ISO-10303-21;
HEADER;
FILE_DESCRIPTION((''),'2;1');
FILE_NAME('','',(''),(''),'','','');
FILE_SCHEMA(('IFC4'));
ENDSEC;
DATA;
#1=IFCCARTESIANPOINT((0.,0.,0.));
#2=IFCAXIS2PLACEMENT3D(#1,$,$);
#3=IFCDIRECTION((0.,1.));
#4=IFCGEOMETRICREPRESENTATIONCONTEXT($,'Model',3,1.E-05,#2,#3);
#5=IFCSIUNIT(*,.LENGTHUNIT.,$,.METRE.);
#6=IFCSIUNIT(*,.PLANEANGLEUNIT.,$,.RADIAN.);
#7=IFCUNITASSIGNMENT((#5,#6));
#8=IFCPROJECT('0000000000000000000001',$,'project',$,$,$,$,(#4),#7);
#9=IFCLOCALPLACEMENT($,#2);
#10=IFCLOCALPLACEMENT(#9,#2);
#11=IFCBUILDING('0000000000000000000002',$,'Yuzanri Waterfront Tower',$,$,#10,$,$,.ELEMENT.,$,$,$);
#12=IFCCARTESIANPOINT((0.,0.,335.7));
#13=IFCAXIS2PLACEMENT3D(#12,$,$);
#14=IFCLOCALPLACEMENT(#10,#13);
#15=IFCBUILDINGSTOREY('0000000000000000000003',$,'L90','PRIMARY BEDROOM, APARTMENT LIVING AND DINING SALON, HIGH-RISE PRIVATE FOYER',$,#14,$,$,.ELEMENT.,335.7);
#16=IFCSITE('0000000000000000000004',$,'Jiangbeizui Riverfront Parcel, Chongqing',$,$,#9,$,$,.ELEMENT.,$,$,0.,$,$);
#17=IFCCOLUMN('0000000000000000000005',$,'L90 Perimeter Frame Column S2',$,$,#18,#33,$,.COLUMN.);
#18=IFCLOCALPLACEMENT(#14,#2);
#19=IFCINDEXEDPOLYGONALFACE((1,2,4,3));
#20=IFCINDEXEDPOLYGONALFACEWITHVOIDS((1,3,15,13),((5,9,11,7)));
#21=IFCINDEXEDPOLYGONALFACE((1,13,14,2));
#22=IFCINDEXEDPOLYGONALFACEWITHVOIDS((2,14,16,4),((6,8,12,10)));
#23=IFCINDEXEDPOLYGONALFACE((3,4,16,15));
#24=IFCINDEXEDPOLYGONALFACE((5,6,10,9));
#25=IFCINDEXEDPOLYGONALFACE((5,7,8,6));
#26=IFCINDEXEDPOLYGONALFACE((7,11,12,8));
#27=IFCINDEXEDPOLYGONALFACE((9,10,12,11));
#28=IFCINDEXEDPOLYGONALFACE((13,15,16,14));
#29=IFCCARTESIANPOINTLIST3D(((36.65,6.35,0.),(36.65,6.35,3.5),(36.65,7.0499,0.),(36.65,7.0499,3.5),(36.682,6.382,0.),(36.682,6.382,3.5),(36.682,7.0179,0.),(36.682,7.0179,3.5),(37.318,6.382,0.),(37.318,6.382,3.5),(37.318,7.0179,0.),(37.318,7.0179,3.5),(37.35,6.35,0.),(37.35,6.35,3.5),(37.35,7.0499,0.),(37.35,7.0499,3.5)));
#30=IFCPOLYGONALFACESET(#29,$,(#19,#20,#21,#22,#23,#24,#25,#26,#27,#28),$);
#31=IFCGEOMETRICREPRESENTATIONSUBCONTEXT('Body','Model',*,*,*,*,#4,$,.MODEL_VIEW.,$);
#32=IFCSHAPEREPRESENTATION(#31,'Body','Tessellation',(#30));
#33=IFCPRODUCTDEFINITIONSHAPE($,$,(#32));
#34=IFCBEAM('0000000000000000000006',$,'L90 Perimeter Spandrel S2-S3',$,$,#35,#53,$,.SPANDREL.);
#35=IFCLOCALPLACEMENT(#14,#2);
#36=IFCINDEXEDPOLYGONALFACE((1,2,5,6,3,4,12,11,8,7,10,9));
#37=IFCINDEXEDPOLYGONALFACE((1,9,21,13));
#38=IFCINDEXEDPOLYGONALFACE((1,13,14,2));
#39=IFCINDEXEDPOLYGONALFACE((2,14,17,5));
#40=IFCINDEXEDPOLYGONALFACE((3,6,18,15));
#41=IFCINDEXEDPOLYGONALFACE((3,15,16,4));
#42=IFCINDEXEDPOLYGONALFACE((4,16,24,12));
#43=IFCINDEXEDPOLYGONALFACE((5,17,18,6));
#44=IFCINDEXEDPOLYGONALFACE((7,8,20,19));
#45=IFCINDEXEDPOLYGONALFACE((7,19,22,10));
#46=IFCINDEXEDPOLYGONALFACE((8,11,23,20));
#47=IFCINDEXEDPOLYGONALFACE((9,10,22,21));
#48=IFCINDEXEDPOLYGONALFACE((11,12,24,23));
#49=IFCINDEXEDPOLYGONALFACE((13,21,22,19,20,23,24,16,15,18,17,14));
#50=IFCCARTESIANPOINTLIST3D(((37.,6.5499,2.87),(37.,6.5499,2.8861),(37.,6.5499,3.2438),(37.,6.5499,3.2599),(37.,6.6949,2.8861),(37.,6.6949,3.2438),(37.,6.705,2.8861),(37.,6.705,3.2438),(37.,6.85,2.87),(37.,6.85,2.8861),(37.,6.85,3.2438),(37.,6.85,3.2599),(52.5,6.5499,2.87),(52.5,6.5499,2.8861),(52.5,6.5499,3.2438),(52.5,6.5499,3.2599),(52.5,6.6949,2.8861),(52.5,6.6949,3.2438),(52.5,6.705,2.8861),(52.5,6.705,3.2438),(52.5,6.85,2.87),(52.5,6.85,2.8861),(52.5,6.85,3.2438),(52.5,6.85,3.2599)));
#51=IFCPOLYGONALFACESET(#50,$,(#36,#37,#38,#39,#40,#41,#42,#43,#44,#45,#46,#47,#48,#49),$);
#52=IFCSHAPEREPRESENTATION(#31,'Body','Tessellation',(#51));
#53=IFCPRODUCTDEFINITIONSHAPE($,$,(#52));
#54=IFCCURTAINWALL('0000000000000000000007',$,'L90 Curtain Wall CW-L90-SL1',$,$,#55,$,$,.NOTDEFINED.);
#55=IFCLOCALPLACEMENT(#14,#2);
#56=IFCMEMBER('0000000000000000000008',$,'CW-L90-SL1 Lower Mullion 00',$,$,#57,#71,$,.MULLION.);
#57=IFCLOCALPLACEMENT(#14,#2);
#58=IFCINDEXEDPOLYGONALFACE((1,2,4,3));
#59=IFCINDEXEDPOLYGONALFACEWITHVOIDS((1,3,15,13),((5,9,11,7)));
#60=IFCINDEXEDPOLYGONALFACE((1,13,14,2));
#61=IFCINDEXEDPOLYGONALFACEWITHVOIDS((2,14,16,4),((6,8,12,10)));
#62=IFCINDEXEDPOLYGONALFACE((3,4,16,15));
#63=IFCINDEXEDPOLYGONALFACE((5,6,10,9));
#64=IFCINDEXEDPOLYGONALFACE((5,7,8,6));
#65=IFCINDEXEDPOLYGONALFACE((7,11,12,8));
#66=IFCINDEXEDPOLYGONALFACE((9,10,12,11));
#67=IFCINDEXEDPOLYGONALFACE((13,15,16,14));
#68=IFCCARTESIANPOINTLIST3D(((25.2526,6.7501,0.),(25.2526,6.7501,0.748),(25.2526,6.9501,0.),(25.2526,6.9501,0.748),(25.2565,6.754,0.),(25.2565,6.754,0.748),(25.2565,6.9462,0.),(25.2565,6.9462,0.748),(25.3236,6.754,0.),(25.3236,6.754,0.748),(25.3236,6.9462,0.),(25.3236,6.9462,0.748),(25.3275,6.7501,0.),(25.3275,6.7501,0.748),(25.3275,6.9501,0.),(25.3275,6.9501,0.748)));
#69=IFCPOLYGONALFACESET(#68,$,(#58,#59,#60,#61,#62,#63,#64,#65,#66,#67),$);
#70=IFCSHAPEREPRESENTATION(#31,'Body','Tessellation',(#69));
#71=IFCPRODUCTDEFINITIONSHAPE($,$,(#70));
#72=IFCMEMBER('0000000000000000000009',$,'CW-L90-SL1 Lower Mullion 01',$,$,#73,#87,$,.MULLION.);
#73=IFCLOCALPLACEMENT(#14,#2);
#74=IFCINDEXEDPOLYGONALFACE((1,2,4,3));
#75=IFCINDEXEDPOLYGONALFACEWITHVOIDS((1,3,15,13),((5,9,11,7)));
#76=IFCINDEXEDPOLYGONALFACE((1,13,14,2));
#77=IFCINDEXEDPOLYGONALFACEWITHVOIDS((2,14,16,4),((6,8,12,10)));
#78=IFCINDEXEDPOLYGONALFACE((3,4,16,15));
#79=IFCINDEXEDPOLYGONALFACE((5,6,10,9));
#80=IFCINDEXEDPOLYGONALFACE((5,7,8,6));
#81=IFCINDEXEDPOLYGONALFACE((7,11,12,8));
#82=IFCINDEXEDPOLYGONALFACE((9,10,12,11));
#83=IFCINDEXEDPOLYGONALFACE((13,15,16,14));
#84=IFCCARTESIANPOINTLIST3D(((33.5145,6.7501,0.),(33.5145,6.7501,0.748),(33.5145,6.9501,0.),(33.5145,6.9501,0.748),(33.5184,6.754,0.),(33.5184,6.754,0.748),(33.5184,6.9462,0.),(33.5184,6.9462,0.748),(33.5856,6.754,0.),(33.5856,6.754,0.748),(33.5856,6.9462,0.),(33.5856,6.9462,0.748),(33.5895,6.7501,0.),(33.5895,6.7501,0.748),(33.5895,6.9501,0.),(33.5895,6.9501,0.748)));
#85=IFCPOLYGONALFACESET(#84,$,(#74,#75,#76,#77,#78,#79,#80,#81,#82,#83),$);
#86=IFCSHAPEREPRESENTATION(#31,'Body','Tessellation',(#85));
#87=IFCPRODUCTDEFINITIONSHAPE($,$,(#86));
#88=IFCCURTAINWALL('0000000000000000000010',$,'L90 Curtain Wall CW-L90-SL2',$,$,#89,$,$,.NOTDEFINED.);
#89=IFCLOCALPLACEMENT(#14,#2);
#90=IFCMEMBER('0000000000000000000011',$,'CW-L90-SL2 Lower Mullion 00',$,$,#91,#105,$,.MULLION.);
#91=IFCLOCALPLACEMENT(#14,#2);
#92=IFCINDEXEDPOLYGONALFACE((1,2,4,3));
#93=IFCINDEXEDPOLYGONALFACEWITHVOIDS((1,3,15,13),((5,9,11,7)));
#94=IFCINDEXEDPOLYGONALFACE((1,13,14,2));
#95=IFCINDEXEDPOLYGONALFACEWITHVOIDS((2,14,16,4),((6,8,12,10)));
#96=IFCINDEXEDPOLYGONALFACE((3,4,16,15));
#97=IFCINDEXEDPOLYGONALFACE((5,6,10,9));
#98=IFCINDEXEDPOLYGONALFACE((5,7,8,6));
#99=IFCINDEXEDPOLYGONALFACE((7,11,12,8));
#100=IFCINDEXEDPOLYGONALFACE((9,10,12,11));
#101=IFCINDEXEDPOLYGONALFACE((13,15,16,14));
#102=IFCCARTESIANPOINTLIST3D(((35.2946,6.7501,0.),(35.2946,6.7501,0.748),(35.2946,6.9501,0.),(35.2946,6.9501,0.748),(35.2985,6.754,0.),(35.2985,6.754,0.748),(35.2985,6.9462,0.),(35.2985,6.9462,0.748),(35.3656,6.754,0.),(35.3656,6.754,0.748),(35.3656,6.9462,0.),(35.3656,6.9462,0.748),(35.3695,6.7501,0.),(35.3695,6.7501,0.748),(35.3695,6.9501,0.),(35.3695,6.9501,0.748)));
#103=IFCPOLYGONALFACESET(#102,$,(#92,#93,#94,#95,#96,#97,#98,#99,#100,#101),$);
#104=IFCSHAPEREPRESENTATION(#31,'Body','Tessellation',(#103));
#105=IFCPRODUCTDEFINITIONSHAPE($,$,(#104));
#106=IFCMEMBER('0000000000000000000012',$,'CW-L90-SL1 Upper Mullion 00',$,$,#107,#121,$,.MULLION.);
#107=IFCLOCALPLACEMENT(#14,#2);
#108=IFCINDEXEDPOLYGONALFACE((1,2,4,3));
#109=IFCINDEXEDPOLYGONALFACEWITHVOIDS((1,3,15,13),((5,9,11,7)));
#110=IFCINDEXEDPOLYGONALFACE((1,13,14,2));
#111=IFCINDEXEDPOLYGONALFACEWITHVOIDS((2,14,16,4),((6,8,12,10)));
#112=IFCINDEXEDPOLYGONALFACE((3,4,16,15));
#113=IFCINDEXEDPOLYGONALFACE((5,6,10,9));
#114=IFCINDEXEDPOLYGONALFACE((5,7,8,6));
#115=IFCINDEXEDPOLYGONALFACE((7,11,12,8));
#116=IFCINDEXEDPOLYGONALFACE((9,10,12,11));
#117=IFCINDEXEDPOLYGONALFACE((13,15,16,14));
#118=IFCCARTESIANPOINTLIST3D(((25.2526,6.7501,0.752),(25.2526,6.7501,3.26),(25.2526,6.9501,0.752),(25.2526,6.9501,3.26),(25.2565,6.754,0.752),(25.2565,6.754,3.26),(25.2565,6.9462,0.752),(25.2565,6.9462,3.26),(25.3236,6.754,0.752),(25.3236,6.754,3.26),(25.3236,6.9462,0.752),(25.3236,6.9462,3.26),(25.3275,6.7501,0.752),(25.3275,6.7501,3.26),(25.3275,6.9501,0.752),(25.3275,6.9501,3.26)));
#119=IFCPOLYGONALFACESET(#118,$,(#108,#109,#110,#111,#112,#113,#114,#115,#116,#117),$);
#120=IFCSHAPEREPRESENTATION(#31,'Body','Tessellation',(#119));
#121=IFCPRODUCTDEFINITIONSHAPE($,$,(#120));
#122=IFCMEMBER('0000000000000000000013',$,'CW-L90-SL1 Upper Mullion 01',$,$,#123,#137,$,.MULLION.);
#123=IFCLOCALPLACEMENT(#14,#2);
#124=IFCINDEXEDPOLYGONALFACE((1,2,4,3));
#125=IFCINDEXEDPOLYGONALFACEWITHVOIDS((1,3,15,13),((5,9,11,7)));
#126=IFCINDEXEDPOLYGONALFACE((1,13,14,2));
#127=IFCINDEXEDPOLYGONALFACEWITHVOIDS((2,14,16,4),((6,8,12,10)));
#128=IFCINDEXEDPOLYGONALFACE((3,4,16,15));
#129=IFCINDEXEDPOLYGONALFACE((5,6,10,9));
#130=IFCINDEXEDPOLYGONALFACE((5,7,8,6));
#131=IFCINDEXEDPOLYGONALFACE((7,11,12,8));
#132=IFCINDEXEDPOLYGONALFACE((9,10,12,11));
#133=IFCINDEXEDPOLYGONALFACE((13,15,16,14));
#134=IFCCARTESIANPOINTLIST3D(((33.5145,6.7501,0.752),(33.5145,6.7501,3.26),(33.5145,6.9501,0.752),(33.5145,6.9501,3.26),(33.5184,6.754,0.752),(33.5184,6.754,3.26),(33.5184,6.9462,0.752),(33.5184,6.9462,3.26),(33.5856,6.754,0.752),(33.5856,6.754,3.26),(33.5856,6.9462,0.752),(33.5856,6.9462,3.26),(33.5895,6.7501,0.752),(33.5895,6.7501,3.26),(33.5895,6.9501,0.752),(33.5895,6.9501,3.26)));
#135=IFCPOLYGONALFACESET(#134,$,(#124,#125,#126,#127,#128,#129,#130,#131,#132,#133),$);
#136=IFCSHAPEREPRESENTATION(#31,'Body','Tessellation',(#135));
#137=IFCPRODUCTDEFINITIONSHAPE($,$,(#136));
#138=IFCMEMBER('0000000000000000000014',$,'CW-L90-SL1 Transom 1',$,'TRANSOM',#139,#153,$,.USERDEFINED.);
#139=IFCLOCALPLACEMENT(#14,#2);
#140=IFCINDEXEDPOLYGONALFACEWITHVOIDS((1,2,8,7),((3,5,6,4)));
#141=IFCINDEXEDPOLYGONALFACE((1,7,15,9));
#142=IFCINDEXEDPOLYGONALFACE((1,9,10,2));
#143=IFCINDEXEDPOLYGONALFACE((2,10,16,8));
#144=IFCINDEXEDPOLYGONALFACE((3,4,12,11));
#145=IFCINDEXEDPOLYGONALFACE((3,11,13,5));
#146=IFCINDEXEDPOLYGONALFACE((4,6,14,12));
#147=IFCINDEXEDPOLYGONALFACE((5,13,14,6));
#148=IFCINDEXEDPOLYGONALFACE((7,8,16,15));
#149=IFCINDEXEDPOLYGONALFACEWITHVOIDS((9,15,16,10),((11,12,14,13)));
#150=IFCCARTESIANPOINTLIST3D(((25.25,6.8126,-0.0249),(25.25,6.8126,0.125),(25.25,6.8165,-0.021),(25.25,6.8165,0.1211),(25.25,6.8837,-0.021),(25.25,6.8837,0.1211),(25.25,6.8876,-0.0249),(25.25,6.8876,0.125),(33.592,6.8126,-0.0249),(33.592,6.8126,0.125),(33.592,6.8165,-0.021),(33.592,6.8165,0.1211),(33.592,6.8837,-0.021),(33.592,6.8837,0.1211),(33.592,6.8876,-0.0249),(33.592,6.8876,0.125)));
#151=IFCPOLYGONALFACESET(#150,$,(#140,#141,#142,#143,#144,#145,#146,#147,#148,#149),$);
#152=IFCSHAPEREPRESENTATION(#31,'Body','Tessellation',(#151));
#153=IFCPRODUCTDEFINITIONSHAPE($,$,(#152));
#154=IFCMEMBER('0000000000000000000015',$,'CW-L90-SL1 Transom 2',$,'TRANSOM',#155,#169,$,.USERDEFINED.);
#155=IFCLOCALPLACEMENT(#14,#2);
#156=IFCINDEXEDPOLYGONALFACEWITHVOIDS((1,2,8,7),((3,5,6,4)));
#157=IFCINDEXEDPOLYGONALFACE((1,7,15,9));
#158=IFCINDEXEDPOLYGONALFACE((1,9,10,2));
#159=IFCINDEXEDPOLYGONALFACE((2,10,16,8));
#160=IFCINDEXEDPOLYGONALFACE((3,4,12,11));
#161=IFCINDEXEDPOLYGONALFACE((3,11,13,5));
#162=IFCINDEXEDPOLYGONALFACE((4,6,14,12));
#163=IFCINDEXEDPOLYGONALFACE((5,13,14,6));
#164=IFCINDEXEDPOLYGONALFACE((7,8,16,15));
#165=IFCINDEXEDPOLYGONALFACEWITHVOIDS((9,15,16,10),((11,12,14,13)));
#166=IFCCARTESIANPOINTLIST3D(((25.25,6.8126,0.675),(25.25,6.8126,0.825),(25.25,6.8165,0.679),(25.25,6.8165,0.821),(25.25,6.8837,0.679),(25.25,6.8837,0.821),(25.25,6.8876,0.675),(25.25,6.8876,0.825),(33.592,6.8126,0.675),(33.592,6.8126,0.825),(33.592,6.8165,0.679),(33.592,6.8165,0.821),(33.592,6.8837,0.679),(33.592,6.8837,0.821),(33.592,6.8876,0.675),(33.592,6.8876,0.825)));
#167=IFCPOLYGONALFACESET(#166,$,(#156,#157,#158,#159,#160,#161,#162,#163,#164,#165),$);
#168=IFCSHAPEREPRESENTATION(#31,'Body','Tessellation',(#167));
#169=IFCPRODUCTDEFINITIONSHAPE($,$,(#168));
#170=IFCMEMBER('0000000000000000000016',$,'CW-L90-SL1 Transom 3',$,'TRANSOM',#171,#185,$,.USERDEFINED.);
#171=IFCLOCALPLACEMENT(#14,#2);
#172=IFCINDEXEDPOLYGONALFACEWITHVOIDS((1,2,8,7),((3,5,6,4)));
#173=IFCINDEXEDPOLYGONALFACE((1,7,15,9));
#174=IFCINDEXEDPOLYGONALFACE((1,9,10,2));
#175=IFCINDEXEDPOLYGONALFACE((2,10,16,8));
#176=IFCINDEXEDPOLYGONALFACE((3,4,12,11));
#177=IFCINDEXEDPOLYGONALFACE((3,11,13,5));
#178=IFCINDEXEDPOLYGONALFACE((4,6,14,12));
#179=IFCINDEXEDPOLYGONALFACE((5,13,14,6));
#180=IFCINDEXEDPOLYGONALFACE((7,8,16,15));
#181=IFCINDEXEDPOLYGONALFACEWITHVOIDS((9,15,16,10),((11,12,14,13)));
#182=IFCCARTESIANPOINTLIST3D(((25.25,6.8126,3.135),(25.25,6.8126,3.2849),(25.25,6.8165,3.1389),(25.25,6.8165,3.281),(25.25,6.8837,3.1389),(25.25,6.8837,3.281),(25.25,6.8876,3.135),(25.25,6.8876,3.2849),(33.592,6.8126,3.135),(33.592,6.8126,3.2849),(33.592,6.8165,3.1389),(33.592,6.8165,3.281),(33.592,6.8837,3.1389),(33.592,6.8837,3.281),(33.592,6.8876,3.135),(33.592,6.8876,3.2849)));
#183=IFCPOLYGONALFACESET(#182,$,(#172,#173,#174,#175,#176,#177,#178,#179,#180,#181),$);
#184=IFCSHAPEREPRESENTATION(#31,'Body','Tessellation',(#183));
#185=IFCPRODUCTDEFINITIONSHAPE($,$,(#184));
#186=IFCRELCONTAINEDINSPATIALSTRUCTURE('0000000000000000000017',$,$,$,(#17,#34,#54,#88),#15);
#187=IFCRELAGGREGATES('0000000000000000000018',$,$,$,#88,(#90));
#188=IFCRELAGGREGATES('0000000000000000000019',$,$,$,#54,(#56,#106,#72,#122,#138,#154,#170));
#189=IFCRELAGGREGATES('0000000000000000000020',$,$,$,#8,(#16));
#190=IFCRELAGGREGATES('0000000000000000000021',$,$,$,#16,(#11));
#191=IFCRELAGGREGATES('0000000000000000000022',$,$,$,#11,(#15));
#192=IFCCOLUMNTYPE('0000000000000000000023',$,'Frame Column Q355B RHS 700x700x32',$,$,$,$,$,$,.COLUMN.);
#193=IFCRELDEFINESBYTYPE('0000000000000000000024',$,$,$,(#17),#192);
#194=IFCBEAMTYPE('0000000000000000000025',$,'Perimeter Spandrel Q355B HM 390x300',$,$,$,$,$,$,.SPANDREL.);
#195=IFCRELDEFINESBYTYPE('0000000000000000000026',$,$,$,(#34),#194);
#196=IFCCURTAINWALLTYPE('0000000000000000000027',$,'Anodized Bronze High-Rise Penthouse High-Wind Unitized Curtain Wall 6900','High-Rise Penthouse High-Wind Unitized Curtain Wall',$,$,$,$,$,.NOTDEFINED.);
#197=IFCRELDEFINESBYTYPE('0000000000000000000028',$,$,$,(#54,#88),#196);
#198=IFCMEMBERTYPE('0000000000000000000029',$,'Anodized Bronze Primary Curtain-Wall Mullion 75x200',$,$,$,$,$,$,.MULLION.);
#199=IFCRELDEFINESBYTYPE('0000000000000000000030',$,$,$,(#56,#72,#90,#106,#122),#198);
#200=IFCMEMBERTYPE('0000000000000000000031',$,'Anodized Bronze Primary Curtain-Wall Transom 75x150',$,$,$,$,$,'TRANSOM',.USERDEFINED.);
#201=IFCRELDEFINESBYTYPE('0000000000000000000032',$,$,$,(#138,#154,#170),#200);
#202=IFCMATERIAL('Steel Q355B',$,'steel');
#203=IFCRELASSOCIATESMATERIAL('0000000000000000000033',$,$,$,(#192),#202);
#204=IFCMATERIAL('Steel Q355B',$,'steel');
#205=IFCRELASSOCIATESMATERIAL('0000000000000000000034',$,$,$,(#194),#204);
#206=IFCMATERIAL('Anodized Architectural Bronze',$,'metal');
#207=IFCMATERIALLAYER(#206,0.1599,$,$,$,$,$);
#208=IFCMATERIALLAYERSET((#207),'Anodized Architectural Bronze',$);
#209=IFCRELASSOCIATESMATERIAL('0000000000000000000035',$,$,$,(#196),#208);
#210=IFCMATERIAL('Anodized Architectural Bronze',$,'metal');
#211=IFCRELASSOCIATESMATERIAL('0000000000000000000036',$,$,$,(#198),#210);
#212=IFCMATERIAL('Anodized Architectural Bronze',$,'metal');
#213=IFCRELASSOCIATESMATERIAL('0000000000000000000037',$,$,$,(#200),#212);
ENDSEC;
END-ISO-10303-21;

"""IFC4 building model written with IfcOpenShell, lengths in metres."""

from ifc_helpers import new_model, si_unit, direction, frame, origin, origin_2d, place, context, subcontext, project, spatial, hollow_rectangle, i_section, extrude, source, transform, mapped, material, layer, layer_set, material_profile, profile_set, type_object, element, aggregate, save


model = new_model("IFC4")

# Units and contexts
model_context = context("Model", 3, precision=1e-05, world=origin(), true_north=direction((0.0, 1.0)))
body_context = subcontext(model_context, "Body", "Model", "MODEL_VIEW")
ifc_project = project(units=[si_unit("LENGTHUNIT", "METRE"), si_unit("PLANEANGLEUNIT", "RADIAN")], contexts=[model_context])

# Site, building, storey
site_placement = place(None, origin())
site = spatial("IfcSite", under=ifc_project, at=site_placement, Name="Jiangbeizui Riverfront Parcel, Chongqing", CompositionType="ELEMENT", RefElevation=0.0)
building_placement = place(site_placement, origin())
building = spatial("IfcBuilding", under=site, at=building_placement, Name="Yuzanri Waterfront Tower", CompositionType="ELEMENT")
storey_placement = place(building_placement, frame((0.0, 0.0, 335.7)))
storey = spatial("IfcBuildingStorey", under=building, at=storey_placement, Name="L90", Description="PRIMARY BEDROOM, APARTMENT LIVING AND DINING SALON, HIGH-RISE PRIVATE FOYER", CompositionType="ELEMENT", Elevation=335.7)

# Column
ifc_material_1 = material(Name="Steel Q355B", Category="steel")
ifc_material_profile_1 = material_profile(ifc_material_1, hollow_rectangle(XDim=0.7, YDim=0.7, WallThickness=0.032, at=origin_2d()), Name="RHS 700x700x32")
ifc_profile_set_1 = profile_set([ifc_material_profile_1], Name="Steel Q355B")
column_type = type_object("IfcColumnType", Name="Frame Column Q355B RHS 700x700x32", PredefinedType="COLUMN", material=ifc_profile_set_1)
shared_shape_1 = source(origin(), body_context, "Body", "SweptSolid", [
    extrude(hollow_rectangle(XDim=0.7, YDim=0.7, WallThickness=0.032, at=origin_2d()), origin(), (0.0, 0.0, 1.0), 3.5),
])
column_placement = place(storey_placement, frame((37.0, 6.7, 0.0), z_axis=(0.0, 0.0, 1.0), x_axis=(1.0, 0.0, 0.0)))
element("IfcColumn", 1, at=column_placement, inside=storey, type_object=column_type, Name="L90 Perimeter Frame Column S2", PredefinedType="COLUMN", context=body_context, shape_type="MappedRepresentation", body=[
    mapped(shared_shape_1, transform((0.0, 0.0, 0.0), scale=1.0)),
])

# Beam
ifc_material_2 = material(Name="Steel Q355B", Category="steel")
ifc_material_profile_2 = material_profile(ifc_material_2, i_section(OverallWidth=0.3, OverallDepth=0.3899, WebThickness=0.01, FlangeThickness=0.0161, at=origin_2d()), Name="HM 390x300x10x16")
ifc_profile_set_2 = profile_set([ifc_material_profile_2], Name="Steel Q355B")
beam_type = type_object("IfcBeamType", Name="Perimeter Spandrel Q355B HM 390x300", PredefinedType="SPANDREL", material=ifc_profile_set_2)
shared_shape_2 = source(origin(), body_context, "Body", "SweptSolid", [
    extrude(i_section(OverallWidth=0.3, OverallDepth=0.3899, WebThickness=0.01, FlangeThickness=0.0161, at=origin_2d()), origin(), (0.0, 0.0, 1.0), 15.5),
])
beam_placement = place(storey_placement, frame((37.0, 6.7, 3.0649), z_axis=(1.0, 0.0, 0.0), x_axis=(0.0, 1.0, 0.0)))
element("IfcBeam", 2, at=beam_placement, inside=storey, type_object=beam_type, Name="L90 Perimeter Spandrel S2-S3", PredefinedType="SPANDREL", context=body_context, shape_type="MappedRepresentation", body=[
    mapped(shared_shape_2, transform((0.0, 0.0, 0.0), scale=1.0)),
])

# Curtain wall, members
ifc_material_3 = material(Name="Anodized Architectural Bronze", Category="metal")
ifc_layer_1 = layer(ifc_material_3, 0.1599)
ifc_layer_set_1 = layer_set([ifc_layer_1], Name="Anodized Architectural Bronze")
curtain_wall_type = type_object("IfcCurtainWallType", Name="Anodized Bronze High-Rise Penthouse High-Wind Unitized Curtain Wall 6900", Description="High-Rise Penthouse High-Wind Unitized Curtain Wall", PredefinedType="NOTDEFINED", material=ifc_layer_set_1)
curtain_wall_1_placement = place(storey_placement, origin())
curtain_wall_1 = element("IfcCurtainWall", 3, at=curtain_wall_1_placement, inside=storey, type_object=curtain_wall_type, Name="L90 Curtain Wall CW-L90-SL1", PredefinedType="NOTDEFINED")
ifc_material_4 = material(Name="Anodized Architectural Bronze", Category="metal")
ifc_material_profile_3 = material_profile(ifc_material_4, hollow_rectangle(XDim=0.075, YDim=0.2, WallThickness=0.0039, at=origin_2d()), Name="CWM 75x200")
ifc_profile_set_3 = profile_set([ifc_material_profile_3], Name="Anodized Architectural Bronze")
member_type_1 = type_object("IfcMemberType", Name="Anodized Bronze Primary Curtain-Wall Mullion 75x200", PredefinedType="MULLION", material=ifc_profile_set_3)
shared_shape_3 = source(origin(), body_context, "Body", "SweptSolid", [
    extrude(hollow_rectangle(XDim=0.075, YDim=0.2, WallThickness=0.0039, at=origin_2d()), origin(), (0.0, 0.0, 1.0), 0.748),
])
member_1_placement = place(storey_placement, frame((25.29, 6.8501, 0.0), z_axis=(0.0, 0.0, 1.0), x_axis=(1.0, 0.0, 0.0)))
member_1 = element("IfcMember", 4, at=member_1_placement, type_object=member_type_1, Name="CW-L90-SL1 Lower Mullion 00", PredefinedType="MULLION", context=body_context, shape_type="MappedRepresentation", body=[
    mapped(shared_shape_3, transform((0.0, 0.0, 0.0), scale=1.0)),
])
member_2_placement = place(storey_placement, frame((33.552, 6.8501, 0.0), z_axis=(0.0, 0.0, 1.0), x_axis=(1.0, 0.0, 0.0)))
member_2 = element("IfcMember", 5, at=member_2_placement, type_object=member_type_1, Name="CW-L90-SL1 Lower Mullion 01", PredefinedType="MULLION", context=body_context, shape_type="MappedRepresentation", body=[
    mapped(shared_shape_3, transform((0.0, 0.0, 0.0), scale=1.0)),
])

# Curtain wall, member
curtain_wall_2_placement = place(storey_placement, origin())
curtain_wall_2 = element("IfcCurtainWall", 6, at=curtain_wall_2_placement, inside=storey, type_object=curtain_wall_type, Name="L90 Curtain Wall CW-L90-SL2", PredefinedType="NOTDEFINED")
member_3_placement = place(storey_placement, frame((35.332, 6.8501, 0.0), z_axis=(0.0, 0.0, 1.0), x_axis=(1.0, 0.0, 0.0)))
member_3 = element("IfcMember", 7, at=member_3_placement, type_object=member_type_1, Name="CW-L90-SL2 Lower Mullion 00", PredefinedType="MULLION", context=body_context, shape_type="MappedRepresentation", body=[
    mapped(shared_shape_3, transform((0.0, 0.0, 0.0), scale=1.0)),
])

# Members
shared_shape_4 = source(origin(), body_context, "Body", "SweptSolid", [
    extrude(hollow_rectangle(XDim=0.075, YDim=0.2, WallThickness=0.0039, at=origin_2d()), origin(), (0.0, 0.0, 1.0), 2.5081),
])
member_4_placement = place(storey_placement, frame((25.29, 6.8501, 0.752), z_axis=(0.0, 0.0, 1.0), x_axis=(1.0, 0.0, 0.0)))
member_4 = element("IfcMember", 8, at=member_4_placement, type_object=member_type_1, Name="CW-L90-SL1 Upper Mullion 00", PredefinedType="MULLION", context=body_context, shape_type="MappedRepresentation", body=[
    mapped(shared_shape_4, transform((0.0, 0.0, 0.0), scale=1.0)),
])
member_5_placement = place(storey_placement, frame((33.552, 6.8501, 0.752), z_axis=(0.0, 0.0, 1.0), x_axis=(1.0, 0.0, 0.0)))
member_5 = element("IfcMember", 9, at=member_5_placement, type_object=member_type_1, Name="CW-L90-SL1 Upper Mullion 01", PredefinedType="MULLION", context=body_context, shape_type="MappedRepresentation", body=[
    mapped(shared_shape_4, transform((0.0, 0.0, 0.0), scale=1.0)),
])
ifc_material_5 = material(Name="Anodized Architectural Bronze", Category="metal")
ifc_material_profile_4 = material_profile(ifc_material_5, hollow_rectangle(XDim=0.075, YDim=0.1499, WallThickness=0.0039, at=origin_2d()), Name="CWT 75x150")
ifc_profile_set_4 = profile_set([ifc_material_profile_4], Name="Anodized Architectural Bronze")
member_type_2 = type_object("IfcMemberType", Name="Anodized Bronze Primary Curtain-Wall Transom 75x150", ElementType="TRANSOM", PredefinedType="USERDEFINED", material=ifc_profile_set_4)
shared_shape_5 = source(origin(), body_context, "Body", "SweptSolid", [
    extrude(hollow_rectangle(XDim=0.075, YDim=0.1499, WallThickness=0.0039, at=origin_2d()), origin(), (0.0, 0.0, 1.0), 8.342),
])
member_6_placement = place(storey_placement, frame((25.25, 6.8501, 0.05), z_axis=(1.0, 0.0, 0.0), x_axis=(0.0, 1.0, 0.0)))
member_6 = element("IfcMember", 10, at=member_6_placement, type_object=member_type_2, Name="CW-L90-SL1 Transom 1", ObjectType="TRANSOM", PredefinedType="USERDEFINED", context=body_context, shape_type="MappedRepresentation", body=[
    mapped(shared_shape_5, transform((0.0, 0.0, 0.0), scale=1.0)),
])
member_7_placement = place(storey_placement, frame((25.25, 6.8501, 0.75), z_axis=(1.0, 0.0, 0.0), x_axis=(0.0, 1.0, 0.0)))
member_7 = element("IfcMember", 11, at=member_7_placement, type_object=member_type_2, Name="CW-L90-SL1 Transom 2", ObjectType="TRANSOM", PredefinedType="USERDEFINED", context=body_context, shape_type="MappedRepresentation", body=[
    mapped(shared_shape_5, transform((0.0, 0.0, 0.0), scale=1.0)),
])
member_8_placement = place(storey_placement, frame((25.25, 6.8501, 3.21), z_axis=(1.0, 0.0, 0.0), x_axis=(0.0, 1.0, 0.0)))
member_8 = element("IfcMember", 12, at=member_8_placement, type_object=member_type_2, Name="CW-L90-SL1 Transom 3", ObjectType="TRANSOM", PredefinedType="USERDEFINED", context=body_context, shape_type="MappedRepresentation", body=[
    mapped(shared_shape_5, transform((0.0, 0.0, 0.0), scale=1.0)),
])
aggregate(curtain_wall_2, [member_3])

aggregate(curtain_wall_1, [member_1, member_4, member_2, member_5, member_6, member_7, member_8])

save(model, "model.ifc")
